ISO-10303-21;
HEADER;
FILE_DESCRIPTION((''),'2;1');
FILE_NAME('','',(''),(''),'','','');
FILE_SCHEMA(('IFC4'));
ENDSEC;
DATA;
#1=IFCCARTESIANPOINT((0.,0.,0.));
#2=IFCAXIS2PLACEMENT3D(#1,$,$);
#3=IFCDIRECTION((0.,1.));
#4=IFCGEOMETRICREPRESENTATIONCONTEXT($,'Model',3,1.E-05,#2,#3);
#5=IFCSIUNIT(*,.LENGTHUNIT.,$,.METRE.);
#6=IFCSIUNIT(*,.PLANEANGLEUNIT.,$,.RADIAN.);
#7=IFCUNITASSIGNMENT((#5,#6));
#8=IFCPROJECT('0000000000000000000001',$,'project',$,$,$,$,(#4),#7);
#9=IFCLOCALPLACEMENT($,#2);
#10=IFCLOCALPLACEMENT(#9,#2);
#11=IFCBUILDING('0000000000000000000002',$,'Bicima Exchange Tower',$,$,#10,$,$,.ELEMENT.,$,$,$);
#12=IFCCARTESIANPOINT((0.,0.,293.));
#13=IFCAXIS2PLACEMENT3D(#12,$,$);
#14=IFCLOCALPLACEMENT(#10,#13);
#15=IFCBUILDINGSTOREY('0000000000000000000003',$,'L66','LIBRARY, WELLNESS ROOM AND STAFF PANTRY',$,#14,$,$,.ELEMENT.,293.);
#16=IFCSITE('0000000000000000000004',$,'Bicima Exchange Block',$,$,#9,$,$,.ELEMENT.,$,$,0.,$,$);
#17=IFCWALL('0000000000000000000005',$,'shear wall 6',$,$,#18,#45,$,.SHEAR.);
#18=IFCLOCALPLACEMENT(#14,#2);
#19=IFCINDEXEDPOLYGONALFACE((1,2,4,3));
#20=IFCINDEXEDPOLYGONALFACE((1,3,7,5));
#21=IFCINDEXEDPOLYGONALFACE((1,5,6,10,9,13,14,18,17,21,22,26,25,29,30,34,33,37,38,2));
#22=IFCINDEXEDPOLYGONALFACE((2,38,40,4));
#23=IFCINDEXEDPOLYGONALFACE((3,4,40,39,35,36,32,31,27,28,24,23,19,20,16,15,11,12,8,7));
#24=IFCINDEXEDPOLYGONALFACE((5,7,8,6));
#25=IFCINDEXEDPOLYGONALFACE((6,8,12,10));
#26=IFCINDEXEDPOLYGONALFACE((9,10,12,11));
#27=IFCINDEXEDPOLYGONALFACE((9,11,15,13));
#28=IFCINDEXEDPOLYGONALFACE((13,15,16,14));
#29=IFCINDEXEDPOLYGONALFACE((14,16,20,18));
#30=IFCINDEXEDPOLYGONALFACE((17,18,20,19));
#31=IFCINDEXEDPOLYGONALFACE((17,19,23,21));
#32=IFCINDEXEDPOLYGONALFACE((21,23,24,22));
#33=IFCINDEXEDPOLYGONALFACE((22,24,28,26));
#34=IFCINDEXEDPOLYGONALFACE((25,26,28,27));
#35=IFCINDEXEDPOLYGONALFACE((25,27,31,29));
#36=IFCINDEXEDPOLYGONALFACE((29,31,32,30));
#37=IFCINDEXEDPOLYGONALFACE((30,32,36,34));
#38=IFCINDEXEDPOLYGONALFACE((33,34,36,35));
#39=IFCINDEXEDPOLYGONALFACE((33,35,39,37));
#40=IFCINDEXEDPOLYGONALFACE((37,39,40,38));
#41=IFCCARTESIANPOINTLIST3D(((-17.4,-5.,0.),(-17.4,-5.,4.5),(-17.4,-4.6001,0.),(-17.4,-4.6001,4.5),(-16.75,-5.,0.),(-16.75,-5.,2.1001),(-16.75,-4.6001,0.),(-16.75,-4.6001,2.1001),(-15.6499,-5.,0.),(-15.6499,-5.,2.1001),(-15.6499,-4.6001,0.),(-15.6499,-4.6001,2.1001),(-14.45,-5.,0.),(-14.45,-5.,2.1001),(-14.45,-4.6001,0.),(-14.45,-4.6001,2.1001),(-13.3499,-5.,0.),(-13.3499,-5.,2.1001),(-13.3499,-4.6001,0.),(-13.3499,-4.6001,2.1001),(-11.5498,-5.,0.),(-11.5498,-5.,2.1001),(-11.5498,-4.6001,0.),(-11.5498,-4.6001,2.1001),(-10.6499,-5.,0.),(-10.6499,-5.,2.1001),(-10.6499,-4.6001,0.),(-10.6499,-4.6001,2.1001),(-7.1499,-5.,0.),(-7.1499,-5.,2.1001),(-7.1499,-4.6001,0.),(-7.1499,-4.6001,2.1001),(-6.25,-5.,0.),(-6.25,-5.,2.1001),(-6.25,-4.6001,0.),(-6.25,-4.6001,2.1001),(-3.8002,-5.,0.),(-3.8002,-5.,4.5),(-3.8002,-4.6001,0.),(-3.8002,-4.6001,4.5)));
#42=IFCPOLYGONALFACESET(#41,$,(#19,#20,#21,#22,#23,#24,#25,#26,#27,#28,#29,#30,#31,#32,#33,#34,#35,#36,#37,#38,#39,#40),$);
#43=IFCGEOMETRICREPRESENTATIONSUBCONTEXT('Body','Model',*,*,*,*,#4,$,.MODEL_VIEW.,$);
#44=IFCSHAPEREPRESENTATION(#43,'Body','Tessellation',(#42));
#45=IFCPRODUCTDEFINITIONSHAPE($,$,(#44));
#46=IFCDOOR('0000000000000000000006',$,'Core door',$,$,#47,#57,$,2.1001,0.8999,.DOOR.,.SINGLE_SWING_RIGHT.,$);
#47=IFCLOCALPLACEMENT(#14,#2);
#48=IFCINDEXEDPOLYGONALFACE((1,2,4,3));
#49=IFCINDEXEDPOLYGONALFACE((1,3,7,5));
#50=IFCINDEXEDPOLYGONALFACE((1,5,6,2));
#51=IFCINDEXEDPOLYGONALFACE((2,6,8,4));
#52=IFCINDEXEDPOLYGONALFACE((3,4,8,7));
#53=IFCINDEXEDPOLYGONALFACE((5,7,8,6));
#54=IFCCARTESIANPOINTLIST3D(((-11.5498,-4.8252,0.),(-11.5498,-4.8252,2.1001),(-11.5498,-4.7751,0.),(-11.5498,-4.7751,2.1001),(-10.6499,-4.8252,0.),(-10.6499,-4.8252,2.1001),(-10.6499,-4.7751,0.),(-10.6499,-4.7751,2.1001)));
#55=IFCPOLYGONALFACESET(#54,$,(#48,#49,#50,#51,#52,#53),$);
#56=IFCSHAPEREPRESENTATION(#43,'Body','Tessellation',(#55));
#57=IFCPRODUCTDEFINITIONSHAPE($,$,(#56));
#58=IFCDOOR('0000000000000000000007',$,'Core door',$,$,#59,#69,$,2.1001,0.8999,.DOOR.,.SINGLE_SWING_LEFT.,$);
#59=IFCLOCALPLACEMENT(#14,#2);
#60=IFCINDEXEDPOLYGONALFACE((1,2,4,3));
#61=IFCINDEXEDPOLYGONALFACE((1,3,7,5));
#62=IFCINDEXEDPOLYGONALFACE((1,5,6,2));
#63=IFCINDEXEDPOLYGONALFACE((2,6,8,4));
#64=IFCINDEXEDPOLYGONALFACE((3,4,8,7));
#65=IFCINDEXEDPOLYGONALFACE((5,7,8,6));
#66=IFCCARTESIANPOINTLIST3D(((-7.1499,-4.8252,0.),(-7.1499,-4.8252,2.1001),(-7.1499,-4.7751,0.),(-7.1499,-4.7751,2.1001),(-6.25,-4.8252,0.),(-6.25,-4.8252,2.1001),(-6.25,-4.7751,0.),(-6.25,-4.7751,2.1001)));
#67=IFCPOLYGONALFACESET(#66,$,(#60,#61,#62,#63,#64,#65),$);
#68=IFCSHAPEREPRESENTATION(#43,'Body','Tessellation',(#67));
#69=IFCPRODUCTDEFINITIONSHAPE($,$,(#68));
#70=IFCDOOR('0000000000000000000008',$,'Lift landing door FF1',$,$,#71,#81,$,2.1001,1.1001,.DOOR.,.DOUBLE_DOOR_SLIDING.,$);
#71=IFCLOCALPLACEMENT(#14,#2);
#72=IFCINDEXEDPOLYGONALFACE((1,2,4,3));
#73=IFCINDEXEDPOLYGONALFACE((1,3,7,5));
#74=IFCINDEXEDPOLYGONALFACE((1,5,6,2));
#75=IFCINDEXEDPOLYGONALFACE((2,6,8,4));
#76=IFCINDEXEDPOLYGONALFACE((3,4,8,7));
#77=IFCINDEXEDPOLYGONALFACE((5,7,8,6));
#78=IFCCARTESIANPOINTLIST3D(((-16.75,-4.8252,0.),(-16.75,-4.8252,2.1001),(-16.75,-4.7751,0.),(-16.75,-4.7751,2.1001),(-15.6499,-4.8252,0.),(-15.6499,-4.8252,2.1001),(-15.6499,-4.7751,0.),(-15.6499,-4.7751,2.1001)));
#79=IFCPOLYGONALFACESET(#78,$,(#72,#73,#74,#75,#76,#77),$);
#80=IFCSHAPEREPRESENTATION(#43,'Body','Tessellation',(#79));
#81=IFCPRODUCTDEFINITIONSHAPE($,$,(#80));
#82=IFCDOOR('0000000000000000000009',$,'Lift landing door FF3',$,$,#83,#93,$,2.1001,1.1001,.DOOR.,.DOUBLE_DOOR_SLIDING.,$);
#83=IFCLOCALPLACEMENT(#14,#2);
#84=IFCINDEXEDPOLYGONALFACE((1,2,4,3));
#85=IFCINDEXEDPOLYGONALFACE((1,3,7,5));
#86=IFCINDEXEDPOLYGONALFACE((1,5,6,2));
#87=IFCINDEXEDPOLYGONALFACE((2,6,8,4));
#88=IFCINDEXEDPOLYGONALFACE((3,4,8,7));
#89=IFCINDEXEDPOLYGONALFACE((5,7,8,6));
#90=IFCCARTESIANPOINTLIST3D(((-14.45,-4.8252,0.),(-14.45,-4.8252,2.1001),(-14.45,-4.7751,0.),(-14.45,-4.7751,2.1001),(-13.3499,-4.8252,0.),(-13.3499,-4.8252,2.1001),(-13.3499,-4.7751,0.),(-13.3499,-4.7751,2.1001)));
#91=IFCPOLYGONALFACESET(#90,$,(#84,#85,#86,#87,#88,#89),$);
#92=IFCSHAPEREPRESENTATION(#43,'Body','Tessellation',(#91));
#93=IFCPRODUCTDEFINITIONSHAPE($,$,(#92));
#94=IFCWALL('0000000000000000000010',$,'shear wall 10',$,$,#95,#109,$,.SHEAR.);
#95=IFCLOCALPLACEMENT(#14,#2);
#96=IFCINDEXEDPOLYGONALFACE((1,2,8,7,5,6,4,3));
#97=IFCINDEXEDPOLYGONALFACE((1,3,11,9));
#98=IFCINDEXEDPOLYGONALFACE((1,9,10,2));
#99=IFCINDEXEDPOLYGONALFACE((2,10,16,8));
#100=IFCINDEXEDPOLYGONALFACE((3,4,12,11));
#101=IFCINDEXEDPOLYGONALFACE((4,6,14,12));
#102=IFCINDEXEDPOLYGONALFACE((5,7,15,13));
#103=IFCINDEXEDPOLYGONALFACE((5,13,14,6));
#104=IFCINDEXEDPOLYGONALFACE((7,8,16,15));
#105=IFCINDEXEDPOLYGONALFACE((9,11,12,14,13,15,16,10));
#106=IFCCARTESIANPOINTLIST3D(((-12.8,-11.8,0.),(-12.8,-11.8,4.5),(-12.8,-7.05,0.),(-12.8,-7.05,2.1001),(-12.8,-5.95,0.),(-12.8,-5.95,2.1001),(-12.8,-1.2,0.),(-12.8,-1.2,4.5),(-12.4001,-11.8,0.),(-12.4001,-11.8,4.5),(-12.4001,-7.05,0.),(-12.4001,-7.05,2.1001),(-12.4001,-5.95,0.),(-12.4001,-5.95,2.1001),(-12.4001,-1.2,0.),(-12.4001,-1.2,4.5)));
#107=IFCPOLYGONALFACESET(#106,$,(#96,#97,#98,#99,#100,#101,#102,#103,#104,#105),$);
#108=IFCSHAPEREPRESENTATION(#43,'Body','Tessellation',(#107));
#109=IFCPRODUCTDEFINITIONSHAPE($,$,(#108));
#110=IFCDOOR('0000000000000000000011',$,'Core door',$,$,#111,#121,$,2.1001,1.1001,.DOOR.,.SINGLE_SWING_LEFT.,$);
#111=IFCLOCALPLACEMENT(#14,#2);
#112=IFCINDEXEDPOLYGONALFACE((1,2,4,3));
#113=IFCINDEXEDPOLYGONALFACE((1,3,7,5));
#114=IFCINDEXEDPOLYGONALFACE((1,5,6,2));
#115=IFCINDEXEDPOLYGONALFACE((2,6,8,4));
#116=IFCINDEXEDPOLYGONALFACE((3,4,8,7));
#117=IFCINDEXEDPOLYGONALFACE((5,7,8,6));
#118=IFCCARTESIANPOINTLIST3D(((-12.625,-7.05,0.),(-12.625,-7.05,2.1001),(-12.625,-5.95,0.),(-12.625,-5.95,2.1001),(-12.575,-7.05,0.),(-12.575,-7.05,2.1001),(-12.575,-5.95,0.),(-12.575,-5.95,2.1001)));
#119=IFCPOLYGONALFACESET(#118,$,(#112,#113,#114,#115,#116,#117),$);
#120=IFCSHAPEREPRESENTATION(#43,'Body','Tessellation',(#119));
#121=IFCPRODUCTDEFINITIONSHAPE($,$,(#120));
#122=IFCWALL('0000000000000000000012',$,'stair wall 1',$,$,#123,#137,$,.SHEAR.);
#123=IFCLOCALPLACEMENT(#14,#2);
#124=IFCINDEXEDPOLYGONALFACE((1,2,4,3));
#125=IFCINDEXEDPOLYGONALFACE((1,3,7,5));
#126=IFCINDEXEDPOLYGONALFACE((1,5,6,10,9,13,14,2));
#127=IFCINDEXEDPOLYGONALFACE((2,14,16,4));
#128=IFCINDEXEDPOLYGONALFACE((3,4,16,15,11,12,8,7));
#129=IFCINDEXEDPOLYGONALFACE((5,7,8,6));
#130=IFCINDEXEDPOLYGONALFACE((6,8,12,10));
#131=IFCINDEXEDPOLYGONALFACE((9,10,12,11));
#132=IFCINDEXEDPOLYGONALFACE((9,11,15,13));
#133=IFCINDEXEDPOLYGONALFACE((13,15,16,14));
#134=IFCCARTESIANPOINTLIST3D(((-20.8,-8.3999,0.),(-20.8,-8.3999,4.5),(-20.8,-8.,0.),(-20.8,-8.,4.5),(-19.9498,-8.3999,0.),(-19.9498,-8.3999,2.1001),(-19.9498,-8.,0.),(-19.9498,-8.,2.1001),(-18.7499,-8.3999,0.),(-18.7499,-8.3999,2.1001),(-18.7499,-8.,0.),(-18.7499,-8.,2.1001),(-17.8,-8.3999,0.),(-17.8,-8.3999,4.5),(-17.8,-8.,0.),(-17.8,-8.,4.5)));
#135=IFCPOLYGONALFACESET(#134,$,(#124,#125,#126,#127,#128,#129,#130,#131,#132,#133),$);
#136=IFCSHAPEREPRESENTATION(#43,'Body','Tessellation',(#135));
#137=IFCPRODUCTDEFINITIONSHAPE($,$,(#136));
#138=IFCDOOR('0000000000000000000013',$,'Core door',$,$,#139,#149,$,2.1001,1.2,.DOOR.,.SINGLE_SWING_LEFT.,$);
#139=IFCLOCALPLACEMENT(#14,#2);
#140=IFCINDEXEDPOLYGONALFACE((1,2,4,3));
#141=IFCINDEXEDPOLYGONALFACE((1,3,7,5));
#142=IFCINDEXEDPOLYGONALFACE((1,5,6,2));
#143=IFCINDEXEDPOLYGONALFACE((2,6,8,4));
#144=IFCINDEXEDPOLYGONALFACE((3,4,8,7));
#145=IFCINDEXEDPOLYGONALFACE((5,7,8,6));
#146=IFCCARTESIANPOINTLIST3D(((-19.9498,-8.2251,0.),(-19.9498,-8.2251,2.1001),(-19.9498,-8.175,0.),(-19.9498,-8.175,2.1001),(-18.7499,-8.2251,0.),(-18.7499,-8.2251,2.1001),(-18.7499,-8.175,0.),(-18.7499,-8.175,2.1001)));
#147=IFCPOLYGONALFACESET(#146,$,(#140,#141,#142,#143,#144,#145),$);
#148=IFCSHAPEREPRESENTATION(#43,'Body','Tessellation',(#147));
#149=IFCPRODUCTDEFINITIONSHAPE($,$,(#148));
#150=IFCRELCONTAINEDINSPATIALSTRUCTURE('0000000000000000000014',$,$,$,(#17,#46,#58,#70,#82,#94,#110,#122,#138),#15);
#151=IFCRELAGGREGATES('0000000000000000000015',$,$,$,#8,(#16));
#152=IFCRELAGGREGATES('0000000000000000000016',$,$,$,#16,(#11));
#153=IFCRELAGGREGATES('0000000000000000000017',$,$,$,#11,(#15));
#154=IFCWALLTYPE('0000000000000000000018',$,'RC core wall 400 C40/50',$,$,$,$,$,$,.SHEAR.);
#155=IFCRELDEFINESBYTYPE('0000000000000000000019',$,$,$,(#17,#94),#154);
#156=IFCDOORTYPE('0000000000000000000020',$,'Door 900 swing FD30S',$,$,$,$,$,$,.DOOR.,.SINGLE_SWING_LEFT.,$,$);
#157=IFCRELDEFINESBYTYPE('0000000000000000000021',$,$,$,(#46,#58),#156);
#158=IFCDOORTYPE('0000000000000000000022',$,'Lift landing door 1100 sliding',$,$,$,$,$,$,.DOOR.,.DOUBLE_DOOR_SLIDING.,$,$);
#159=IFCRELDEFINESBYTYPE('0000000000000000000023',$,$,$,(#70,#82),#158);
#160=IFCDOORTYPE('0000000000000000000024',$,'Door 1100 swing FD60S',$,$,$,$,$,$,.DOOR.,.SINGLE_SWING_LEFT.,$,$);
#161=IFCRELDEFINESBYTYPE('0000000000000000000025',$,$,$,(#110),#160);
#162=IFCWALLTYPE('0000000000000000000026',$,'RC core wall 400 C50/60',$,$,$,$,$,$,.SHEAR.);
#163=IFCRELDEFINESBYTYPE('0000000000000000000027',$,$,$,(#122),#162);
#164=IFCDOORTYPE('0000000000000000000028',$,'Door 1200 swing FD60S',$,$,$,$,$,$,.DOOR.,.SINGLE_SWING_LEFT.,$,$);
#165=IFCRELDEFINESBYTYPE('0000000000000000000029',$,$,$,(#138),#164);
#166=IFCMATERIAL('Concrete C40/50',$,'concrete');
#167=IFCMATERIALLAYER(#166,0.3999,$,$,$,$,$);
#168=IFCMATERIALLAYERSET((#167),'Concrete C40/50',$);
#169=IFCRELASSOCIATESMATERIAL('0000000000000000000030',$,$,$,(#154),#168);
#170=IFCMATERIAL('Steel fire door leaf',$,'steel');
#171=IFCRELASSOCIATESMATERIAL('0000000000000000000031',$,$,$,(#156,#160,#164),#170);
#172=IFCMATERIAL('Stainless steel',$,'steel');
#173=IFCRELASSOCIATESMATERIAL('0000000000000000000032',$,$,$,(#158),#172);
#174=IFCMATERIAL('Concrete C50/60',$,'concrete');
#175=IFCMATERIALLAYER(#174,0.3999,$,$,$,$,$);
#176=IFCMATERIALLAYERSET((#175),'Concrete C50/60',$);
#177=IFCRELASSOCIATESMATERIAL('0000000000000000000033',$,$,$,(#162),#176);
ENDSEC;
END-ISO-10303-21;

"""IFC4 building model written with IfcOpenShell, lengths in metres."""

from ifc_helpers import new_model, si_unit, direction, frame, frame_2d, origin, place, context, subcontext, project, spatial, rectangle, extrude, material, layer, layer_set, type_object, element, fill, save


model = new_model("IFC4")

# Units and contexts
model_context = context("Model", 3, precision=1e-05, world=origin(), true_north=direction((0.0, 1.0)))
body_context = subcontext(model_context, "Body", "Model", "MODEL_VIEW")
ifc_project = project(units=[si_unit("LENGTHUNIT", "METRE"), si_unit("PLANEANGLEUNIT", "RADIAN")], contexts=[model_context])

# Site, building, storey
site_placement = place(None, origin())
site = spatial("IfcSite", under=ifc_project, at=site_placement, Name="Bicima Exchange Block", CompositionType="ELEMENT", RefElevation=0.0)
building_placement = place(site_placement, origin())
building = spatial("IfcBuilding", under=site, at=building_placement, Name="Bicima Exchange Tower", CompositionType="ELEMENT")
storey_placement = place(building_placement, frame((0.0, 0.0, 293.0)))
storey = spatial("IfcBuildingStorey", under=building, at=storey_placement, Name="L66", Description="LIBRARY, WELLNESS ROOM AND STAFF PANTRY", CompositionType="ELEMENT", Elevation=293.0)

# Shared definitions
ifc_material_1 = material(Name="Concrete C40/50", Category="concrete")
ifc_layer_1 = layer(ifc_material_1, 0.3999)
ifc_layer_set_1 = layer_set([ifc_layer_1], Name="Concrete C40/50")
wall_type_1 = type_object("IfcWallType", Name="RC core wall 400 C40/50", PredefinedType="SHEAR", material=ifc_layer_set_1)

# Wall, openings, doors
wall_1_placement = place(storey_placement, frame((-17.3999, -4.8, 0.0), z_axis=(0.0, 0.0, 1.0), x_axis=(1.0, 0.0, 0.0)))
wall_1 = element("IfcWall", 1, at=wall_1_placement, inside=storey, type_object=wall_type_1, Name="shear wall 6", PredefinedType="SHEAR", context=body_context, shape_type="SweptSolid", body=[
    extrude(rectangle(XDim=13.5999, YDim=0.3999, at=frame_2d((6.7998, 0.0))), origin(), (0.0, 0.0, 1.0), 4.5),
])
opening_1_placement = place(wall_1_placement, frame((0.6499, 0.0, 0.0)))
opening_1 = element("IfcOpeningElement", 2, at=opening_1_placement, cuts=wall_1, PredefinedType="OPENING", context=body_context, shape_type="SweptSolid", body=[
    extrude(rectangle(XDim=1.1001, YDim=2.1001, at=frame_2d((0.55, 1.05))), frame((0.0, 0.2119, 0.0), z_axis=(0.0, -1.0, 0.0), x_axis=(1.0, 0.0, 0.0)), (0.0, 0.0, 1.0), 0.4238),
])
opening_2_placement = place(wall_1_placement, frame((2.95, 0.0, 0.0)))
opening_2 = element("IfcOpeningElement", 3, at=opening_2_placement, cuts=wall_1, PredefinedType="OPENING", context=body_context, shape_type="SweptSolid", body=[
    extrude(rectangle(XDim=1.1001, YDim=2.1001, at=frame_2d((0.55, 1.05))), frame((0.0, 0.2119, 0.0), z_axis=(0.0, -1.0, 0.0), x_axis=(1.0, 0.0, 0.0)), (0.0, 0.0, 1.0), 0.4238),
])
opening_3_placement = place(wall_1_placement, frame((5.8501, 0.0, 0.0)))
opening_3 = element("IfcOpeningElement", 4, at=opening_3_placement, cuts=wall_1, PredefinedType="OPENING", context=body_context, shape_type="SweptSolid", body=[
    extrude(rectangle(XDim=0.8999, YDim=2.1001, at=frame_2d((0.45, 1.05))), frame((0.0, 0.2119, 0.0), z_axis=(0.0, -1.0, 0.0), x_axis=(1.0, 0.0, 0.0)), (0.0, 0.0, 1.0), 0.4238),
])
opening_4_placement = place(wall_1_placement, frame((10.25, 0.0, 0.0)))
opening_4 = element("IfcOpeningElement", 5, at=opening_4_placement, cuts=wall_1, PredefinedType="OPENING", context=body_context, shape_type="SweptSolid", body=[
    extrude(rectangle(XDim=0.8999, YDim=2.1001, at=frame_2d((0.45, 1.05))), frame((0.0, 0.2119, 0.0), z_axis=(0.0, -1.0, 0.0), x_axis=(1.0, 0.0, 0.0)), (0.0, 0.0, 1.0), 0.4238),
])
ifc_material_2 = material(Name="Steel fire door leaf", Category="steel")
door_type_1 = type_object("IfcDoorType", Name="Door 900 swing FD30S", OperationType="SINGLE_SWING_LEFT", PredefinedType="DOOR", material=ifc_material_2)
door_1_placement = place(opening_3_placement, origin())
door_1 = element("IfcDoor", 6, at=door_1_placement, inside=storey, type_object=door_type_1, Name="Core door", OperationType="SINGLE_SWING_RIGHT", OverallHeight=2.1001, OverallWidth=0.8999, PredefinedType="DOOR", context=body_context, shape_type="SweptSolid", body=[
    extrude(rectangle(XDim=0.8999, YDim=2.1001, at=frame_2d((0.45, 1.05))), frame((0.0, 0.0249, 0.0), z_axis=(0.0, -1.0, 0.0), x_axis=(1.0, 0.0, 0.0)), (0.0, 0.0, 1.0), 0.05),
])
fill(opening_3, door_1)
door_2_placement = place(opening_4_placement, origin())
door_2 = element("IfcDoor", 7, at=door_2_placement, inside=storey, type_object=door_type_1, Name="Core door", OperationType="SINGLE_SWING_LEFT", OverallHeight=2.1001, OverallWidth=0.8999, PredefinedType="DOOR", context=body_context, shape_type="SweptSolid", body=[
    extrude(rectangle(XDim=0.8999, YDim=2.1001, at=frame_2d((0.45, 1.05))), frame((0.0, 0.0249, 0.0), z_axis=(0.0, -1.0, 0.0), x_axis=(1.0, 0.0, 0.0)), (0.0, 0.0, 1.0), 0.05),
])
fill(opening_4, door_2)
ifc_material_3 = material(Name="Stainless steel", Category="steel")
door_type_2 = type_object("IfcDoorType", Name="Lift landing door 1100 sliding", OperationType="DOUBLE_DOOR_SLIDING", PredefinedType="DOOR", material=ifc_material_3)
door_3_placement = place(opening_1_placement, origin())
door_3 = element("IfcDoor", 8, at=door_3_placement, inside=storey, type_object=door_type_2, Name="Lift landing door FF1", OperationType="DOUBLE_DOOR_SLIDING", OverallHeight=2.1001, OverallWidth=1.1001, PredefinedType="DOOR", context=body_context, shape_type="SweptSolid", body=[
    extrude(rectangle(XDim=1.1001, YDim=2.1001, at=frame_2d((0.55, 1.05))), frame((0.0, 0.0249, 0.0), z_axis=(0.0, -1.0, 0.0), x_axis=(1.0, 0.0, 0.0)), (0.0, 0.0, 1.0), 0.05),
])
fill(opening_1, door_3)
door_4_placement = place(opening_2_placement, origin())
door_4 = element("IfcDoor", 9, at=door_4_placement, inside=storey, type_object=door_type_2, Name="Lift landing door FF3", OperationType="DOUBLE_DOOR_SLIDING", OverallHeight=2.1001, OverallWidth=1.1001, PredefinedType="DOOR", context=body_context, shape_type="SweptSolid", body=[
    extrude(rectangle(XDim=1.1001, YDim=2.1001, at=frame_2d((0.55, 1.05))), frame((0.0, 0.0249, 0.0), z_axis=(0.0, -1.0, 0.0), x_axis=(1.0, 0.0, 0.0)), (0.0, 0.0, 1.0), 0.05),
])
fill(opening_2, door_4)

# Walls, openings, doors
wall_2_placement = place(storey_placement, frame((-12.6001, -11.8, 0.0), z_axis=(0.0, 0.0, 1.0), x_axis=(0.0, 1.0, 0.0)))
wall_2 = element("IfcWall", 10, at=wall_2_placement, inside=storey, type_object=wall_type_1, Name="shear wall 10", PredefinedType="SHEAR", context=body_context, shape_type="SweptSolid", body=[
    extrude(rectangle(XDim=10.6001, YDim=0.3999, at=frame_2d((5.3, 0.0))), origin(), (0.0, 0.0, 1.0), 4.5),
])
opening_5_placement = place(wall_2_placement, frame((4.75, 0.0, 0.0)))
opening_5 = element("IfcOpeningElement", 11, at=opening_5_placement, cuts=wall_2, PredefinedType="OPENING", context=body_context, shape_type="SweptSolid", body=[
    extrude(rectangle(XDim=1.1001, YDim=2.1001, at=frame_2d((0.55, 1.05))), frame((0.0, 0.2119, 0.0), z_axis=(0.0, -1.0, 0.0), x_axis=(1.0, 0.0, 0.0)), (0.0, 0.0, 1.0), 0.4238),
])
door_type_3 = type_object("IfcDoorType", Name="Door 1100 swing FD60S", OperationType="SINGLE_SWING_LEFT", PredefinedType="DOOR", material=ifc_material_2)
door_5_placement = place(opening_5_placement, origin())
door_5 = element("IfcDoor", 12, at=door_5_placement, inside=storey, type_object=door_type_3, Name="Core door", OperationType="SINGLE_SWING_LEFT", OverallHeight=2.1001, OverallWidth=1.1001, PredefinedType="DOOR", context=body_context, shape_type="SweptSolid", body=[
    extrude(rectangle(XDim=1.1001, YDim=2.1001, at=frame_2d((0.55, 1.05))), frame((0.0, 0.0249, 0.0), z_axis=(0.0, -1.0, 0.0), x_axis=(1.0, 0.0, 0.0)), (0.0, 0.0, 1.0), 0.05),
])
fill(opening_5, door_5)
ifc_material_4 = material(Name="Concrete C50/60", Category="concrete")
ifc_layer_2 = layer(ifc_material_4, 0.3999)
ifc_layer_set_2 = layer_set([ifc_layer_2], Name="Concrete C50/60")
wall_type_2 = type_object("IfcWallType", Name="RC core wall 400 C50/60", PredefinedType="SHEAR", material=ifc_layer_set_2)
wall_3_placement = place(storey_placement, frame((-20.8, -8.2, 0.0), z_axis=(0.0, 0.0, 1.0), x_axis=(1.0, 0.0, 0.0)))
wall_3 = element("IfcWall", 13, at=wall_3_placement, inside=storey, type_object=wall_type_2, Name="stair wall 1", PredefinedType="SHEAR", context=body_context, shape_type="SweptSolid", body=[
    extrude(rectangle(XDim=3.0, YDim=0.3999, at=frame_2d((1.5, 0.0))), origin(), (0.0, 0.0, 1.0), 4.5),
])
opening_6_placement = place(wall_3_placement, frame((0.8501, 0.0, 0.0)))
opening_6 = element("IfcOpeningElement", 14, at=opening_6_placement, cuts=wall_3, PredefinedType="OPENING", context=body_context, shape_type="SweptSolid", body=[
    extrude(rectangle(XDim=1.2, YDim=2.1001, at=frame_2d((0.6001, 1.05))), frame((0.0, 0.2119, 0.0), z_axis=(0.0, -1.0, 0.0), x_axis=(1.0, 0.0, 0.0)), (0.0, 0.0, 1.0), 0.4238),
])
door_type_4 = type_object("IfcDoorType", Name="Door 1200 swing FD60S", OperationType="SINGLE_SWING_LEFT", PredefinedType="DOOR", material=ifc_material_2)
door_6_placement = place(opening_6_placement, origin())
door_6 = element("IfcDoor", 15, at=door_6_placement, inside=storey, type_object=door_type_4, Name="Core door", OperationType="SINGLE_SWING_LEFT", OverallHeight=2.1001, OverallWidth=1.2, PredefinedType="DOOR", context=body_context, shape_type="SweptSolid", body=[
    extrude(rectangle(XDim=1.2, YDim=2.1001, at=frame_2d((0.6001, 1.05))), frame((0.0, 0.0249, 0.0), z_axis=(0.0, -1.0, 0.0), x_axis=(1.0, 0.0, 0.0)), (0.0, 0.0, 1.0), 0.05),
])
fill(opening_6, door_6)

save(model, "model.ifc")
